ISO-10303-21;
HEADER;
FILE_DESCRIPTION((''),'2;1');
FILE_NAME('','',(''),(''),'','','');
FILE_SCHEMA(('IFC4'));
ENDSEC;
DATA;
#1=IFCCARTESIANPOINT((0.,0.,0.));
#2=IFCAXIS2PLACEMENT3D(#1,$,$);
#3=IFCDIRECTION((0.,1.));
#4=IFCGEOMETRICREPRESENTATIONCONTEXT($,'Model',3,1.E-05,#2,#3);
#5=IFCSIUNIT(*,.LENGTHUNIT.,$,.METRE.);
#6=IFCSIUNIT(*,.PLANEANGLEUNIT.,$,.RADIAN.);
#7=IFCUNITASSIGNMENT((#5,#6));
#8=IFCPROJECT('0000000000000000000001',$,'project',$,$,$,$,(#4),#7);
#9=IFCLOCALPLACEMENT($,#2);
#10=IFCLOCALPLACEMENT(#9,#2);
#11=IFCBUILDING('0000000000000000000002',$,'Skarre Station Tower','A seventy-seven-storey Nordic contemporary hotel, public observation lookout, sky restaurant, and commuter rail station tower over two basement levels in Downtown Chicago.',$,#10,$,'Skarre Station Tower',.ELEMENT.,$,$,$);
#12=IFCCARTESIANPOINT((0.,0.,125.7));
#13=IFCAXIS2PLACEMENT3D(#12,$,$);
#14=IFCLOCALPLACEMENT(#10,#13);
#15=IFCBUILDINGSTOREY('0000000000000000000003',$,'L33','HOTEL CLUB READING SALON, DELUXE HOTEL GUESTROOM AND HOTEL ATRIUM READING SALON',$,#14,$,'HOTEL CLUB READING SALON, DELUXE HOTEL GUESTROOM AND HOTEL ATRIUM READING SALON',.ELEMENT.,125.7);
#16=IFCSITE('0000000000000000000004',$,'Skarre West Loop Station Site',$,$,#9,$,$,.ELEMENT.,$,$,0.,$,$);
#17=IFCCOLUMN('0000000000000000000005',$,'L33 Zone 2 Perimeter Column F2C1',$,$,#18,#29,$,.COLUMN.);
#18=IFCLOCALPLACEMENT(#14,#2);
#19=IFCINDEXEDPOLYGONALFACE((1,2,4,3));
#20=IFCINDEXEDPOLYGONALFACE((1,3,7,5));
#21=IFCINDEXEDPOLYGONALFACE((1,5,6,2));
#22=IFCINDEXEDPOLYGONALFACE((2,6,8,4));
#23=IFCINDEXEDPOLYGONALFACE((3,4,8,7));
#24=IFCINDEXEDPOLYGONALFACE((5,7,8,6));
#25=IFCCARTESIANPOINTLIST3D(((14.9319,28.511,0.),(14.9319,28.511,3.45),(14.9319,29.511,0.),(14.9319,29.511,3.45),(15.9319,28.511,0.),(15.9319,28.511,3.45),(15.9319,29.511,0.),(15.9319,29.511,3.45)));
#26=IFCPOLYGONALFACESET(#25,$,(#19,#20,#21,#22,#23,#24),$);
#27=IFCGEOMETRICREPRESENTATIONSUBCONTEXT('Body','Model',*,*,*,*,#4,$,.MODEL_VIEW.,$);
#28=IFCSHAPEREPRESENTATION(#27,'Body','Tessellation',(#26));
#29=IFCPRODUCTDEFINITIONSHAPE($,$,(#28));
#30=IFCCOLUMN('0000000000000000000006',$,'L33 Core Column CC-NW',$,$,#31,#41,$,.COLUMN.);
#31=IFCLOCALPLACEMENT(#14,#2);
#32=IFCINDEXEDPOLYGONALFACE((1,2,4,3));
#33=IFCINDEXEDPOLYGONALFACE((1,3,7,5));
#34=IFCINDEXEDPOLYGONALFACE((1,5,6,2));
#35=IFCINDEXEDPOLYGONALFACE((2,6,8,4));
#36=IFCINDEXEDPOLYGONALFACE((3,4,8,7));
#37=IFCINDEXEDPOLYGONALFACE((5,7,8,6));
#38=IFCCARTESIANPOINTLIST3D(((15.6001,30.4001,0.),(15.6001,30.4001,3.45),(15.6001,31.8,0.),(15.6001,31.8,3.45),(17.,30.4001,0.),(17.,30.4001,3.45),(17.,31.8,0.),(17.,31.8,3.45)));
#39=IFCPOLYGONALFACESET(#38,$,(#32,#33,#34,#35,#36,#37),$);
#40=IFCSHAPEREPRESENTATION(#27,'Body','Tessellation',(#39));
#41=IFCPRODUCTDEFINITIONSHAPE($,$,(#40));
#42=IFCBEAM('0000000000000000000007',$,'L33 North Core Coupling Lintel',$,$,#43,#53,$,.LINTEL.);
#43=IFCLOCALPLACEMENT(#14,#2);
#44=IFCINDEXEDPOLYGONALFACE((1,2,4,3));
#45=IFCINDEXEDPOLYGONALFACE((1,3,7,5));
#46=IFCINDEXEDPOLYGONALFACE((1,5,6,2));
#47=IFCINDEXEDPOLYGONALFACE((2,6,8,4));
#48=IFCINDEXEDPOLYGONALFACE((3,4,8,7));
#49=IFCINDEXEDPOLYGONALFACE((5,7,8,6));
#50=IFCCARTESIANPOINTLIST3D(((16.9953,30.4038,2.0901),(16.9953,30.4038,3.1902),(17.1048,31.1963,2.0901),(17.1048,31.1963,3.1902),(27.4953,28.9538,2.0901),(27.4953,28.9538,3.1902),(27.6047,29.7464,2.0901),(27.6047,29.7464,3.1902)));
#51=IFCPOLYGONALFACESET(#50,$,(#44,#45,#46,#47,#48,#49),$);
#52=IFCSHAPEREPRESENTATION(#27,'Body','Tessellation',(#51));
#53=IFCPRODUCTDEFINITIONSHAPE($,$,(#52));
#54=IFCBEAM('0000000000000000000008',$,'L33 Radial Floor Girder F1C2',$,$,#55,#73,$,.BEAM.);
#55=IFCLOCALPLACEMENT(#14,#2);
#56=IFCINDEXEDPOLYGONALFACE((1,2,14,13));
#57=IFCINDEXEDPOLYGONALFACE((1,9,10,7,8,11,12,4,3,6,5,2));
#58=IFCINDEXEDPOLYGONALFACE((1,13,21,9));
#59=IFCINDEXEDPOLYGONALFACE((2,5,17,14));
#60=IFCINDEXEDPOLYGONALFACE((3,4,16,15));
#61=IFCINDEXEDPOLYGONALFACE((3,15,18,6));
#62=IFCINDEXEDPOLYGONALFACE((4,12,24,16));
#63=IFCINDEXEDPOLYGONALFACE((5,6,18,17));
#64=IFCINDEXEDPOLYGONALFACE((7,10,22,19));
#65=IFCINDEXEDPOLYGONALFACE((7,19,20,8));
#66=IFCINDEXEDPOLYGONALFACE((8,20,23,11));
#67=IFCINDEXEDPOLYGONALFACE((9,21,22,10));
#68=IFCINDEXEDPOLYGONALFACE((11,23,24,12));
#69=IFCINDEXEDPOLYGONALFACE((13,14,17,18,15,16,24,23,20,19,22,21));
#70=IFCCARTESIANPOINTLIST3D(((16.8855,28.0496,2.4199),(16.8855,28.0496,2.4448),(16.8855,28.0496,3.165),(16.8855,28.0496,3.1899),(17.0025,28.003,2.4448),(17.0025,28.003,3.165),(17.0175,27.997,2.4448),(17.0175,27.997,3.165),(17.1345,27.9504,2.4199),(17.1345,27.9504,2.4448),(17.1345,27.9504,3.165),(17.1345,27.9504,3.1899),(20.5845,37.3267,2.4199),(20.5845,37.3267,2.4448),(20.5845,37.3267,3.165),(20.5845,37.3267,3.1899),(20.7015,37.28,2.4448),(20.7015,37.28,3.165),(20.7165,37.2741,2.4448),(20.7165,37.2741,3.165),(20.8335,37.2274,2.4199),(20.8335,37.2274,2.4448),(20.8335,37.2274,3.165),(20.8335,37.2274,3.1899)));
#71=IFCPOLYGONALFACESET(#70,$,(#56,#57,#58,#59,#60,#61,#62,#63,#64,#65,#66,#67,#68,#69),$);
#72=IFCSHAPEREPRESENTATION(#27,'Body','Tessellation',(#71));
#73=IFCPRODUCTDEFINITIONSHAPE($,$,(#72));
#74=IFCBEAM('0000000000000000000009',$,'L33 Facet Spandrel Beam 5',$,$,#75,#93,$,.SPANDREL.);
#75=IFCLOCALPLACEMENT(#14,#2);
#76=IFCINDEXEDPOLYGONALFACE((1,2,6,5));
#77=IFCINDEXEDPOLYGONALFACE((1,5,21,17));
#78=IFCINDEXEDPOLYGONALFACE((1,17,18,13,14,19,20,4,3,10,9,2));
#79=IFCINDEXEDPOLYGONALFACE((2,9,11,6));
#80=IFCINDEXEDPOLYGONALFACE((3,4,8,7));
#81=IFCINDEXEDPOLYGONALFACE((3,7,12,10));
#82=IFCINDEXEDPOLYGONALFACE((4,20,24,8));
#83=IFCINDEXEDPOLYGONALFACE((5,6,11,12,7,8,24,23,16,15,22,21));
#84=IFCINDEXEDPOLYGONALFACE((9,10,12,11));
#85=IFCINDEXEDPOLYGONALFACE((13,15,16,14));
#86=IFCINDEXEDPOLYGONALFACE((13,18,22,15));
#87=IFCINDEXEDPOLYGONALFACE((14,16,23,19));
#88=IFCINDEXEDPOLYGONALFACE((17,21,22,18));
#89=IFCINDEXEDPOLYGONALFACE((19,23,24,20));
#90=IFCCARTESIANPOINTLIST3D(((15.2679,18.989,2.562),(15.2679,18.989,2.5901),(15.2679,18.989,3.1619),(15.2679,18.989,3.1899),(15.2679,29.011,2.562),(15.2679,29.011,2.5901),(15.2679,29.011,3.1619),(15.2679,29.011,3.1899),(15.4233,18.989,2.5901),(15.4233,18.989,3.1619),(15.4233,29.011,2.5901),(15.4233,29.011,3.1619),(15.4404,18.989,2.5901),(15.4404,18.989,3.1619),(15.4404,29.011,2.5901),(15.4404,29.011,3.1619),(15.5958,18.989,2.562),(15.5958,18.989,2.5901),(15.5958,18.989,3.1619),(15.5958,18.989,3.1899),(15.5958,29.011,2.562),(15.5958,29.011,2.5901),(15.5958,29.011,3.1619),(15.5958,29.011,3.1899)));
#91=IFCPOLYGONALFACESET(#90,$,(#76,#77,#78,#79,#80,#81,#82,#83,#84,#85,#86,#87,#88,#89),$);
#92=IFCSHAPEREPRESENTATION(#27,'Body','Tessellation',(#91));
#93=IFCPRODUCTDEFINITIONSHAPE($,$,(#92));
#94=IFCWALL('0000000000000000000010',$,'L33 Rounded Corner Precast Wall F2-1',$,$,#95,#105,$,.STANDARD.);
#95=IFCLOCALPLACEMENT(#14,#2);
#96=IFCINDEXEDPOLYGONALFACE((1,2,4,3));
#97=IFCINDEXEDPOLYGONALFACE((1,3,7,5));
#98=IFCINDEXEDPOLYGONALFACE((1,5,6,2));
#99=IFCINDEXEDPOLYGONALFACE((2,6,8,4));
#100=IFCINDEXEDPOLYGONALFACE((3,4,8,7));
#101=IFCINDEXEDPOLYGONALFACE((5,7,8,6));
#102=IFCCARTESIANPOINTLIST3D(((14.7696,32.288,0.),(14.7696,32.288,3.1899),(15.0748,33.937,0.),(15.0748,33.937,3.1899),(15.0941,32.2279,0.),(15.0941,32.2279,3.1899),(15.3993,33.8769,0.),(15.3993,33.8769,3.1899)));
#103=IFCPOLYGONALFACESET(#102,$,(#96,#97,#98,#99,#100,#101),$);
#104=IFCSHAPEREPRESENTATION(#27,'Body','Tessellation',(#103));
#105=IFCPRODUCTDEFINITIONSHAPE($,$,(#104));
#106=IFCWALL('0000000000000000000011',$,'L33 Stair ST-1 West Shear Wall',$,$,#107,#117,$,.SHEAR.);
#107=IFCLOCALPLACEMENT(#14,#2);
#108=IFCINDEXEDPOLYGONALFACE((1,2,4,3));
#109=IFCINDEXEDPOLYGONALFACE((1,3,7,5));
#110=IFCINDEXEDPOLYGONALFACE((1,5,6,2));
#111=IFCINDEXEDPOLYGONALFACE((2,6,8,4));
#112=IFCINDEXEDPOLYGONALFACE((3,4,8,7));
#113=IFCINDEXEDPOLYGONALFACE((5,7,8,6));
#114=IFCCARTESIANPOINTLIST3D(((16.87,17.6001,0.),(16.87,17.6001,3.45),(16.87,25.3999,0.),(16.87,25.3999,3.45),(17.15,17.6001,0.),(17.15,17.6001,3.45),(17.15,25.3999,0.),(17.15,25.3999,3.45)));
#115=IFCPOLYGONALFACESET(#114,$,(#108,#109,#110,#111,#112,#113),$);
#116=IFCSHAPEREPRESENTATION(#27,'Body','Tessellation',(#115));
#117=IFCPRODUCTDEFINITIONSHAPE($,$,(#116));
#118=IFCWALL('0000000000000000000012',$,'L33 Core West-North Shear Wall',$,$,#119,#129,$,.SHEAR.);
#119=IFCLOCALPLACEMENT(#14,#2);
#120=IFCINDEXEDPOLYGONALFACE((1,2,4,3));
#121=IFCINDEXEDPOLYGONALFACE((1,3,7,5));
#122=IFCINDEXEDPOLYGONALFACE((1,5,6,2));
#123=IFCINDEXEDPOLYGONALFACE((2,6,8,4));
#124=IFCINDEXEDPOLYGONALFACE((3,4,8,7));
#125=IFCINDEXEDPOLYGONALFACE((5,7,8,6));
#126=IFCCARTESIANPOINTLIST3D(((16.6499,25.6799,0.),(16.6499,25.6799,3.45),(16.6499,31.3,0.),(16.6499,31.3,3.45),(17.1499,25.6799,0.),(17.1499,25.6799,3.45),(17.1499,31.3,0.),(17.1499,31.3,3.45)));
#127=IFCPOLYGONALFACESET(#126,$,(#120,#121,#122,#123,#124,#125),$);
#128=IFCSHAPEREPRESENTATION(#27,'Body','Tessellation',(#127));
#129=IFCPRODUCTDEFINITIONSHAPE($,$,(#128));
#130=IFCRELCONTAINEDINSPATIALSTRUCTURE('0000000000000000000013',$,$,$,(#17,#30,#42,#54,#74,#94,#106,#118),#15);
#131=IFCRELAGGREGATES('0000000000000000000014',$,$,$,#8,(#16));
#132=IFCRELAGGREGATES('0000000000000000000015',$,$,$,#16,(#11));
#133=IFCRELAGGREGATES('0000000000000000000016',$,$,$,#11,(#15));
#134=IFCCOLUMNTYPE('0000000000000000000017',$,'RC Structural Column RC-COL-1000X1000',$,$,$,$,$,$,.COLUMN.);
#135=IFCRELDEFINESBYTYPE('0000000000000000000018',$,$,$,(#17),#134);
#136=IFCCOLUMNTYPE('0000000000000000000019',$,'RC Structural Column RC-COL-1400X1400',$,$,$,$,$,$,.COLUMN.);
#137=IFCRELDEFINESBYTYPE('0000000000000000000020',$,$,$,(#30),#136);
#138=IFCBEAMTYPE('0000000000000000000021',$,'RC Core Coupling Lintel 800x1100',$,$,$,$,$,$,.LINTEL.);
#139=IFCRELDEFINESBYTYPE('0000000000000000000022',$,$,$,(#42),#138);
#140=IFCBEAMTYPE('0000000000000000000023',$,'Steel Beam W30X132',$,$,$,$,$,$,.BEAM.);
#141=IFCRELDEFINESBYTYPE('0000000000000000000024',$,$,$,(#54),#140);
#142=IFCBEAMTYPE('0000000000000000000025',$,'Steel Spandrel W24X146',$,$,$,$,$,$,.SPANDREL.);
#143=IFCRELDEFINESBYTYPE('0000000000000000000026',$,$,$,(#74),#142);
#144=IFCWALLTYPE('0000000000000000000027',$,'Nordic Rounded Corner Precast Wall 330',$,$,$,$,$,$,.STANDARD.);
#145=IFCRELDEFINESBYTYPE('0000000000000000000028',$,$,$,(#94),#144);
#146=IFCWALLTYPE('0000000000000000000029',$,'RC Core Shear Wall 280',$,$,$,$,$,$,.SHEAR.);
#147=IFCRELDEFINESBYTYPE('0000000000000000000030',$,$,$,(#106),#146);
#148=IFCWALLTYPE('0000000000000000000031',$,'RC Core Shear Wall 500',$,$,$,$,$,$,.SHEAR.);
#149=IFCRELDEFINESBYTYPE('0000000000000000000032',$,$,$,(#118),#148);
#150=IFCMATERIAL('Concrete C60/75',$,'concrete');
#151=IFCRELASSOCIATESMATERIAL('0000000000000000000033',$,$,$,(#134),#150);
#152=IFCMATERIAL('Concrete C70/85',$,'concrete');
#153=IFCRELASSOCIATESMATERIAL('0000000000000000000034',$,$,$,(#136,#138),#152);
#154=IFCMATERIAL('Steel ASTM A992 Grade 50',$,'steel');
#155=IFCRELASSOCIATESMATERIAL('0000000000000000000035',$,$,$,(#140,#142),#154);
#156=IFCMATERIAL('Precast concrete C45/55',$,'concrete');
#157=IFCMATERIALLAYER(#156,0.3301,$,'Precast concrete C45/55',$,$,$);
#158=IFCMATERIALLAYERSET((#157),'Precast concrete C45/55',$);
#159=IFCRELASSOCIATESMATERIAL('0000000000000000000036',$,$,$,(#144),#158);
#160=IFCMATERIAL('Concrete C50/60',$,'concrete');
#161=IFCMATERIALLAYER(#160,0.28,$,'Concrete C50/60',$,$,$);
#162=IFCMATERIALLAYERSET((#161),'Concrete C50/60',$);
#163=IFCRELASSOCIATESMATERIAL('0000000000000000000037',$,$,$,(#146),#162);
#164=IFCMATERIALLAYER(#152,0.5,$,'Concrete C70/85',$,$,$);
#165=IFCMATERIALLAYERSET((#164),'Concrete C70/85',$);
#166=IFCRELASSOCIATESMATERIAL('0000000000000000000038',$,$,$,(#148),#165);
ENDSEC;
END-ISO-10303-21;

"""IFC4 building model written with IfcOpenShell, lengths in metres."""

from ifc_helpers import new_model, si_unit, direction, frame, frame_2d, origin, origin_2d, place, context, subcontext, project, spatial, rectangle, i_section, extrude, material, layer, layer_set, material_profile, profile_set, type_object, element, save


model = new_model("IFC4")

# Units and contexts
model_context = context("Model", 3, precision=1e-05, world=origin(), true_north=direction((0.0, 1.0)))
body_context = subcontext(model_context, "Body", "Model", "MODEL_VIEW")
ifc_project = project(units=[si_unit("LENGTHUNIT", "METRE"), si_unit("PLANEANGLEUNIT", "RADIAN")], contexts=[model_context])

# Site, building, storey
site_placement = place(None, origin())
site = spatial("IfcSite", under=ifc_project, at=site_placement, Name="Skarre West Loop Station Site", CompositionType="ELEMENT", RefElevation=0.0)
building_placement = place(site_placement, origin())
building = spatial("IfcBuilding", under=site, at=building_placement, Name="Skarre Station Tower", Description="A seventy-seven-storey Nordic contemporary hotel, public observation lookout, sky restaurant, and commuter rail station tower over two basement levels in Downtown Chicago.", LongName="Skarre Station Tower", CompositionType="ELEMENT")
storey_placement = place(building_placement, frame((0.0, 0.0, 125.7)))
storey = spatial("IfcBuildingStorey", under=building, at=storey_placement, Name="L33", Description="HOTEL CLUB READING SALON, DELUXE HOTEL GUESTROOM AND HOTEL ATRIUM READING SALON", LongName="HOTEL CLUB READING SALON, DELUXE HOTEL GUESTROOM AND HOTEL ATRIUM READING SALON", CompositionType="ELEMENT", Elevation=125.7)

# Columns
ifc_material_1 = material(Name="Concrete C60/75", Category="concrete")
ifc_material_profile_1 = material_profile(ifc_material_1, rectangle(XDim=1.0, YDim=1.0, at=origin_2d()), Name="Concrete C60/75")
ifc_profile_set_1 = profile_set([ifc_material_profile_1], Name="Concrete C60/75")
column_type_1 = type_object("IfcColumnType", Name="RC Structural Column RC-COL-1000X1000", PredefinedType="COLUMN", material=ifc_profile_set_1)
column_1_placement = place(storey_placement, frame((15.4319, 29.011, 0.0), z_axis=(0.0, 0.0, 1.0), x_axis=(1.0, 0.0, 0.0)))
element("IfcColumn", 1, at=column_1_placement, inside=storey, type_object=column_type_1, Name="L33 Zone 2 Perimeter Column F2C1", PredefinedType="COLUMN", context=body_context, shape_type="SweptSolid", body=[
    extrude(rectangle(XDim=1.0, YDim=1.0, at=origin_2d()), origin(), (0.0, 0.0, 1.0), 3.45),
])
ifc_material_2 = material(Name="Concrete C70/85", Category="concrete")
ifc_material_profile_2 = material_profile(ifc_material_2, rectangle(XDim=1.3999, YDim=1.3999, at=origin_2d()), Name="Concrete C70/85")
ifc_profile_set_2 = profile_set([ifc_material_profile_2], Name="Concrete C70/85")
column_type_2 = type_object("IfcColumnType", Name="RC Structural Column RC-COL-1400X1400", PredefinedType="COLUMN", material=ifc_profile_set_2)
column_2_placement = place(storey_placement, frame((16.3, 31.1001, 0.0), z_axis=(0.0, 0.0, 1.0), x_axis=(1.0, 0.0, 0.0)))
element("IfcColumn", 2, at=column_2_placement, inside=storey, type_object=column_type_2, Name="L33 Core Column CC-NW", PredefinedType="COLUMN", context=body_context, shape_type="SweptSolid", body=[
    extrude(rectangle(XDim=1.3999, YDim=1.3999, at=origin_2d()), origin(), (0.0, 0.0, 1.0), 3.45),
])

# Beams
ifc_material_profile_3 = material_profile(ifc_material_2, rectangle(XDim=0.8, YDim=1.1001, at=origin_2d()), Name="Concrete C70/85")
ifc_profile_set_3 = profile_set([ifc_material_profile_3], Name="Concrete C70/85")
beam_type_1 = type_object("IfcBeamType", Name="RC Core Coupling Lintel 800x1100", PredefinedType="LINTEL", material=ifc_profile_set_3)
beam_1_placement = place(storey_placement, frame((17.05, 30.8, 2.6401), z_axis=(0.9906, -0.136792, 0.0), x_axis=(0.136792, 0.9906, 0.0)))
element("IfcBeam", 3, at=beam_1_placement, inside=storey, type_object=beam_type_1, Name="L33 North Core Coupling Lintel", PredefinedType="LINTEL", context=body_context, shape_type="SweptSolid", body=[
    extrude(rectangle(XDim=0.8, YDim=1.1001, at=origin_2d()), origin(), (0.0, 0.0, 1.0), 10.5996),
])
ifc_material_3 = material(Name="Steel ASTM A992 Grade 50", Category="steel")
ifc_material_profile_4 = material_profile(ifc_material_3, i_section(OverallWidth=0.2681, OverallDepth=0.77, WebThickness=0.0161, FlangeThickness=0.0249, at=origin_2d()), Name="Steel ASTM A992 Grade 50")
ifc_profile_set_4 = profile_set([ifc_material_profile_4], Name="Steel ASTM A992 Grade 50")
beam_type_2 = type_object("IfcBeamType", Name="Steel Beam W30X132", PredefinedType="BEAM", material=ifc_profile_set_4)
beam_2_placement = place(storey_placement, frame((17.01, 28.0, 2.8049), z_axis=(0.370366, 0.928886, 0.0), x_axis=(-0.928886, 0.370366, 0.0)))
element("IfcBeam", 4, at=beam_2_placement, inside=storey, type_object=beam_type_2, Name="L33 Radial Floor Girder F1C2", PredefinedType="BEAM", context=body_context, shape_type="SweptSolid", body=[
    extrude(i_section(OverallWidth=0.2681, OverallDepth=0.77, WebThickness=0.0161, FlangeThickness=0.0249, at=origin_2d()), origin(), (0.0, 0.0, 1.0), 9.9873),
])
ifc_material_profile_5 = material_profile(ifc_material_3, i_section(OverallWidth=0.3279, OverallDepth=0.6279, WebThickness=0.0171, FlangeThickness=0.0281, at=origin_2d()), Name="Steel ASTM A992 Grade 50")
ifc_profile_set_5 = profile_set([ifc_material_profile_5], Name="Steel ASTM A992 Grade 50")
beam_type_3 = type_object("IfcBeamType", Name="Steel Spandrel W24X146", PredefinedType="SPANDREL", material=ifc_profile_set_5)
beam_3_placement = place(storey_placement, frame((15.4319, 29.011, 2.876), z_axis=(0.0, -1.0, 0.0), x_axis=(1.0, 0.0, 0.0)))
element("IfcBeam", 5, at=beam_3_placement, inside=storey, type_object=beam_type_3, Name="L33 Facet Spandrel Beam 5", PredefinedType="SPANDREL", context=body_context, shape_type="SweptSolid", body=[
    extrude(i_section(OverallWidth=0.3279, OverallDepth=0.6279, WebThickness=0.0171, FlangeThickness=0.0281, at=origin_2d()), origin(), (0.0, 0.0, 1.0), 10.022),
])

# Walls
ifc_material_4 = material(Name="Precast concrete C45/55", Category="concrete")
ifc_layer_1 = layer(ifc_material_4, 0.3301, Name="Precast concrete C45/55")
ifc_layer_set_1 = layer_set([ifc_layer_1], Name="Precast concrete C45/55")
wall_type_1 = type_object("IfcWallType", Name="Nordic Rounded Corner Precast Wall 330", PredefinedType="STANDARD", material=ifc_layer_set_1)
wall_1_placement = place(storey_placement, frame((14.9319, 32.2581, 0.0), z_axis=(0.0, 0.0, 1.0), x_axis=(0.181985, 0.983301, 0.0)))
element("IfcWall", 6, at=wall_1_placement, inside=storey, type_object=wall_type_1, Name="L33 Rounded Corner Precast Wall F2-1", PredefinedType="STANDARD", context=body_context, shape_type="SweptSolid", body=[
    extrude(rectangle(XDim=1.677, YDim=0.3301, at=frame_2d((0.8384, 0.0))), origin(), (0.0, 0.0, 1.0), 3.1899),
])
ifc_material_5 = material(Name="Concrete C50/60", Category="concrete")
ifc_layer_2 = layer(ifc_material_5, 0.28, Name="Concrete C50/60")
ifc_layer_set_2 = layer_set([ifc_layer_2], Name="Concrete C50/60")
wall_type_2 = type_object("IfcWallType", Name="RC Core Shear Wall 280", PredefinedType="SHEAR", material=ifc_layer_set_2)
wall_2_placement = place(storey_placement, frame((17.01, 25.3999, 0.0), z_axis=(0.0, 0.0, 1.0), x_axis=(0.0, -1.0, 0.0)))
element("IfcWall", 7, at=wall_2_placement, inside=storey, type_object=wall_type_2, Name="L33 Stair ST-1 West Shear Wall", PredefinedType="SHEAR", context=body_context, shape_type="SweptSolid", body=[
    extrude(rectangle(XDim=7.7998, YDim=0.28, at=frame_2d((3.8999, 0.0))), origin(), (0.0, 0.0, 1.0), 3.45),
])
ifc_layer_3 = layer(ifc_material_2, 0.5, Name="Concrete C70/85")
ifc_layer_set_3 = layer_set([ifc_layer_3], Name="Concrete C70/85")
wall_type_3 = type_object("IfcWallType", Name="RC Core Shear Wall 500", PredefinedType="SHEAR", material=ifc_layer_set_3)
wall_3_placement = place(storey_placement, frame((16.8999, 25.6799, 0.0), z_axis=(0.0, 0.0, 1.0), x_axis=(0.0, 1.0, 0.0)))
element("IfcWall", 8, at=wall_3_placement, inside=storey, type_object=wall_type_3, Name="L33 Core West-North Shear Wall", PredefinedType="SHEAR", context=body_context, shape_type="SweptSolid", body=[
    extrude(rectangle(XDim=5.6201, YDim=0.5, at=frame_2d((2.8101, 0.0))), origin(), (0.0, 0.0, 1.0), 3.45),
])

save(model, "model.ifc")
